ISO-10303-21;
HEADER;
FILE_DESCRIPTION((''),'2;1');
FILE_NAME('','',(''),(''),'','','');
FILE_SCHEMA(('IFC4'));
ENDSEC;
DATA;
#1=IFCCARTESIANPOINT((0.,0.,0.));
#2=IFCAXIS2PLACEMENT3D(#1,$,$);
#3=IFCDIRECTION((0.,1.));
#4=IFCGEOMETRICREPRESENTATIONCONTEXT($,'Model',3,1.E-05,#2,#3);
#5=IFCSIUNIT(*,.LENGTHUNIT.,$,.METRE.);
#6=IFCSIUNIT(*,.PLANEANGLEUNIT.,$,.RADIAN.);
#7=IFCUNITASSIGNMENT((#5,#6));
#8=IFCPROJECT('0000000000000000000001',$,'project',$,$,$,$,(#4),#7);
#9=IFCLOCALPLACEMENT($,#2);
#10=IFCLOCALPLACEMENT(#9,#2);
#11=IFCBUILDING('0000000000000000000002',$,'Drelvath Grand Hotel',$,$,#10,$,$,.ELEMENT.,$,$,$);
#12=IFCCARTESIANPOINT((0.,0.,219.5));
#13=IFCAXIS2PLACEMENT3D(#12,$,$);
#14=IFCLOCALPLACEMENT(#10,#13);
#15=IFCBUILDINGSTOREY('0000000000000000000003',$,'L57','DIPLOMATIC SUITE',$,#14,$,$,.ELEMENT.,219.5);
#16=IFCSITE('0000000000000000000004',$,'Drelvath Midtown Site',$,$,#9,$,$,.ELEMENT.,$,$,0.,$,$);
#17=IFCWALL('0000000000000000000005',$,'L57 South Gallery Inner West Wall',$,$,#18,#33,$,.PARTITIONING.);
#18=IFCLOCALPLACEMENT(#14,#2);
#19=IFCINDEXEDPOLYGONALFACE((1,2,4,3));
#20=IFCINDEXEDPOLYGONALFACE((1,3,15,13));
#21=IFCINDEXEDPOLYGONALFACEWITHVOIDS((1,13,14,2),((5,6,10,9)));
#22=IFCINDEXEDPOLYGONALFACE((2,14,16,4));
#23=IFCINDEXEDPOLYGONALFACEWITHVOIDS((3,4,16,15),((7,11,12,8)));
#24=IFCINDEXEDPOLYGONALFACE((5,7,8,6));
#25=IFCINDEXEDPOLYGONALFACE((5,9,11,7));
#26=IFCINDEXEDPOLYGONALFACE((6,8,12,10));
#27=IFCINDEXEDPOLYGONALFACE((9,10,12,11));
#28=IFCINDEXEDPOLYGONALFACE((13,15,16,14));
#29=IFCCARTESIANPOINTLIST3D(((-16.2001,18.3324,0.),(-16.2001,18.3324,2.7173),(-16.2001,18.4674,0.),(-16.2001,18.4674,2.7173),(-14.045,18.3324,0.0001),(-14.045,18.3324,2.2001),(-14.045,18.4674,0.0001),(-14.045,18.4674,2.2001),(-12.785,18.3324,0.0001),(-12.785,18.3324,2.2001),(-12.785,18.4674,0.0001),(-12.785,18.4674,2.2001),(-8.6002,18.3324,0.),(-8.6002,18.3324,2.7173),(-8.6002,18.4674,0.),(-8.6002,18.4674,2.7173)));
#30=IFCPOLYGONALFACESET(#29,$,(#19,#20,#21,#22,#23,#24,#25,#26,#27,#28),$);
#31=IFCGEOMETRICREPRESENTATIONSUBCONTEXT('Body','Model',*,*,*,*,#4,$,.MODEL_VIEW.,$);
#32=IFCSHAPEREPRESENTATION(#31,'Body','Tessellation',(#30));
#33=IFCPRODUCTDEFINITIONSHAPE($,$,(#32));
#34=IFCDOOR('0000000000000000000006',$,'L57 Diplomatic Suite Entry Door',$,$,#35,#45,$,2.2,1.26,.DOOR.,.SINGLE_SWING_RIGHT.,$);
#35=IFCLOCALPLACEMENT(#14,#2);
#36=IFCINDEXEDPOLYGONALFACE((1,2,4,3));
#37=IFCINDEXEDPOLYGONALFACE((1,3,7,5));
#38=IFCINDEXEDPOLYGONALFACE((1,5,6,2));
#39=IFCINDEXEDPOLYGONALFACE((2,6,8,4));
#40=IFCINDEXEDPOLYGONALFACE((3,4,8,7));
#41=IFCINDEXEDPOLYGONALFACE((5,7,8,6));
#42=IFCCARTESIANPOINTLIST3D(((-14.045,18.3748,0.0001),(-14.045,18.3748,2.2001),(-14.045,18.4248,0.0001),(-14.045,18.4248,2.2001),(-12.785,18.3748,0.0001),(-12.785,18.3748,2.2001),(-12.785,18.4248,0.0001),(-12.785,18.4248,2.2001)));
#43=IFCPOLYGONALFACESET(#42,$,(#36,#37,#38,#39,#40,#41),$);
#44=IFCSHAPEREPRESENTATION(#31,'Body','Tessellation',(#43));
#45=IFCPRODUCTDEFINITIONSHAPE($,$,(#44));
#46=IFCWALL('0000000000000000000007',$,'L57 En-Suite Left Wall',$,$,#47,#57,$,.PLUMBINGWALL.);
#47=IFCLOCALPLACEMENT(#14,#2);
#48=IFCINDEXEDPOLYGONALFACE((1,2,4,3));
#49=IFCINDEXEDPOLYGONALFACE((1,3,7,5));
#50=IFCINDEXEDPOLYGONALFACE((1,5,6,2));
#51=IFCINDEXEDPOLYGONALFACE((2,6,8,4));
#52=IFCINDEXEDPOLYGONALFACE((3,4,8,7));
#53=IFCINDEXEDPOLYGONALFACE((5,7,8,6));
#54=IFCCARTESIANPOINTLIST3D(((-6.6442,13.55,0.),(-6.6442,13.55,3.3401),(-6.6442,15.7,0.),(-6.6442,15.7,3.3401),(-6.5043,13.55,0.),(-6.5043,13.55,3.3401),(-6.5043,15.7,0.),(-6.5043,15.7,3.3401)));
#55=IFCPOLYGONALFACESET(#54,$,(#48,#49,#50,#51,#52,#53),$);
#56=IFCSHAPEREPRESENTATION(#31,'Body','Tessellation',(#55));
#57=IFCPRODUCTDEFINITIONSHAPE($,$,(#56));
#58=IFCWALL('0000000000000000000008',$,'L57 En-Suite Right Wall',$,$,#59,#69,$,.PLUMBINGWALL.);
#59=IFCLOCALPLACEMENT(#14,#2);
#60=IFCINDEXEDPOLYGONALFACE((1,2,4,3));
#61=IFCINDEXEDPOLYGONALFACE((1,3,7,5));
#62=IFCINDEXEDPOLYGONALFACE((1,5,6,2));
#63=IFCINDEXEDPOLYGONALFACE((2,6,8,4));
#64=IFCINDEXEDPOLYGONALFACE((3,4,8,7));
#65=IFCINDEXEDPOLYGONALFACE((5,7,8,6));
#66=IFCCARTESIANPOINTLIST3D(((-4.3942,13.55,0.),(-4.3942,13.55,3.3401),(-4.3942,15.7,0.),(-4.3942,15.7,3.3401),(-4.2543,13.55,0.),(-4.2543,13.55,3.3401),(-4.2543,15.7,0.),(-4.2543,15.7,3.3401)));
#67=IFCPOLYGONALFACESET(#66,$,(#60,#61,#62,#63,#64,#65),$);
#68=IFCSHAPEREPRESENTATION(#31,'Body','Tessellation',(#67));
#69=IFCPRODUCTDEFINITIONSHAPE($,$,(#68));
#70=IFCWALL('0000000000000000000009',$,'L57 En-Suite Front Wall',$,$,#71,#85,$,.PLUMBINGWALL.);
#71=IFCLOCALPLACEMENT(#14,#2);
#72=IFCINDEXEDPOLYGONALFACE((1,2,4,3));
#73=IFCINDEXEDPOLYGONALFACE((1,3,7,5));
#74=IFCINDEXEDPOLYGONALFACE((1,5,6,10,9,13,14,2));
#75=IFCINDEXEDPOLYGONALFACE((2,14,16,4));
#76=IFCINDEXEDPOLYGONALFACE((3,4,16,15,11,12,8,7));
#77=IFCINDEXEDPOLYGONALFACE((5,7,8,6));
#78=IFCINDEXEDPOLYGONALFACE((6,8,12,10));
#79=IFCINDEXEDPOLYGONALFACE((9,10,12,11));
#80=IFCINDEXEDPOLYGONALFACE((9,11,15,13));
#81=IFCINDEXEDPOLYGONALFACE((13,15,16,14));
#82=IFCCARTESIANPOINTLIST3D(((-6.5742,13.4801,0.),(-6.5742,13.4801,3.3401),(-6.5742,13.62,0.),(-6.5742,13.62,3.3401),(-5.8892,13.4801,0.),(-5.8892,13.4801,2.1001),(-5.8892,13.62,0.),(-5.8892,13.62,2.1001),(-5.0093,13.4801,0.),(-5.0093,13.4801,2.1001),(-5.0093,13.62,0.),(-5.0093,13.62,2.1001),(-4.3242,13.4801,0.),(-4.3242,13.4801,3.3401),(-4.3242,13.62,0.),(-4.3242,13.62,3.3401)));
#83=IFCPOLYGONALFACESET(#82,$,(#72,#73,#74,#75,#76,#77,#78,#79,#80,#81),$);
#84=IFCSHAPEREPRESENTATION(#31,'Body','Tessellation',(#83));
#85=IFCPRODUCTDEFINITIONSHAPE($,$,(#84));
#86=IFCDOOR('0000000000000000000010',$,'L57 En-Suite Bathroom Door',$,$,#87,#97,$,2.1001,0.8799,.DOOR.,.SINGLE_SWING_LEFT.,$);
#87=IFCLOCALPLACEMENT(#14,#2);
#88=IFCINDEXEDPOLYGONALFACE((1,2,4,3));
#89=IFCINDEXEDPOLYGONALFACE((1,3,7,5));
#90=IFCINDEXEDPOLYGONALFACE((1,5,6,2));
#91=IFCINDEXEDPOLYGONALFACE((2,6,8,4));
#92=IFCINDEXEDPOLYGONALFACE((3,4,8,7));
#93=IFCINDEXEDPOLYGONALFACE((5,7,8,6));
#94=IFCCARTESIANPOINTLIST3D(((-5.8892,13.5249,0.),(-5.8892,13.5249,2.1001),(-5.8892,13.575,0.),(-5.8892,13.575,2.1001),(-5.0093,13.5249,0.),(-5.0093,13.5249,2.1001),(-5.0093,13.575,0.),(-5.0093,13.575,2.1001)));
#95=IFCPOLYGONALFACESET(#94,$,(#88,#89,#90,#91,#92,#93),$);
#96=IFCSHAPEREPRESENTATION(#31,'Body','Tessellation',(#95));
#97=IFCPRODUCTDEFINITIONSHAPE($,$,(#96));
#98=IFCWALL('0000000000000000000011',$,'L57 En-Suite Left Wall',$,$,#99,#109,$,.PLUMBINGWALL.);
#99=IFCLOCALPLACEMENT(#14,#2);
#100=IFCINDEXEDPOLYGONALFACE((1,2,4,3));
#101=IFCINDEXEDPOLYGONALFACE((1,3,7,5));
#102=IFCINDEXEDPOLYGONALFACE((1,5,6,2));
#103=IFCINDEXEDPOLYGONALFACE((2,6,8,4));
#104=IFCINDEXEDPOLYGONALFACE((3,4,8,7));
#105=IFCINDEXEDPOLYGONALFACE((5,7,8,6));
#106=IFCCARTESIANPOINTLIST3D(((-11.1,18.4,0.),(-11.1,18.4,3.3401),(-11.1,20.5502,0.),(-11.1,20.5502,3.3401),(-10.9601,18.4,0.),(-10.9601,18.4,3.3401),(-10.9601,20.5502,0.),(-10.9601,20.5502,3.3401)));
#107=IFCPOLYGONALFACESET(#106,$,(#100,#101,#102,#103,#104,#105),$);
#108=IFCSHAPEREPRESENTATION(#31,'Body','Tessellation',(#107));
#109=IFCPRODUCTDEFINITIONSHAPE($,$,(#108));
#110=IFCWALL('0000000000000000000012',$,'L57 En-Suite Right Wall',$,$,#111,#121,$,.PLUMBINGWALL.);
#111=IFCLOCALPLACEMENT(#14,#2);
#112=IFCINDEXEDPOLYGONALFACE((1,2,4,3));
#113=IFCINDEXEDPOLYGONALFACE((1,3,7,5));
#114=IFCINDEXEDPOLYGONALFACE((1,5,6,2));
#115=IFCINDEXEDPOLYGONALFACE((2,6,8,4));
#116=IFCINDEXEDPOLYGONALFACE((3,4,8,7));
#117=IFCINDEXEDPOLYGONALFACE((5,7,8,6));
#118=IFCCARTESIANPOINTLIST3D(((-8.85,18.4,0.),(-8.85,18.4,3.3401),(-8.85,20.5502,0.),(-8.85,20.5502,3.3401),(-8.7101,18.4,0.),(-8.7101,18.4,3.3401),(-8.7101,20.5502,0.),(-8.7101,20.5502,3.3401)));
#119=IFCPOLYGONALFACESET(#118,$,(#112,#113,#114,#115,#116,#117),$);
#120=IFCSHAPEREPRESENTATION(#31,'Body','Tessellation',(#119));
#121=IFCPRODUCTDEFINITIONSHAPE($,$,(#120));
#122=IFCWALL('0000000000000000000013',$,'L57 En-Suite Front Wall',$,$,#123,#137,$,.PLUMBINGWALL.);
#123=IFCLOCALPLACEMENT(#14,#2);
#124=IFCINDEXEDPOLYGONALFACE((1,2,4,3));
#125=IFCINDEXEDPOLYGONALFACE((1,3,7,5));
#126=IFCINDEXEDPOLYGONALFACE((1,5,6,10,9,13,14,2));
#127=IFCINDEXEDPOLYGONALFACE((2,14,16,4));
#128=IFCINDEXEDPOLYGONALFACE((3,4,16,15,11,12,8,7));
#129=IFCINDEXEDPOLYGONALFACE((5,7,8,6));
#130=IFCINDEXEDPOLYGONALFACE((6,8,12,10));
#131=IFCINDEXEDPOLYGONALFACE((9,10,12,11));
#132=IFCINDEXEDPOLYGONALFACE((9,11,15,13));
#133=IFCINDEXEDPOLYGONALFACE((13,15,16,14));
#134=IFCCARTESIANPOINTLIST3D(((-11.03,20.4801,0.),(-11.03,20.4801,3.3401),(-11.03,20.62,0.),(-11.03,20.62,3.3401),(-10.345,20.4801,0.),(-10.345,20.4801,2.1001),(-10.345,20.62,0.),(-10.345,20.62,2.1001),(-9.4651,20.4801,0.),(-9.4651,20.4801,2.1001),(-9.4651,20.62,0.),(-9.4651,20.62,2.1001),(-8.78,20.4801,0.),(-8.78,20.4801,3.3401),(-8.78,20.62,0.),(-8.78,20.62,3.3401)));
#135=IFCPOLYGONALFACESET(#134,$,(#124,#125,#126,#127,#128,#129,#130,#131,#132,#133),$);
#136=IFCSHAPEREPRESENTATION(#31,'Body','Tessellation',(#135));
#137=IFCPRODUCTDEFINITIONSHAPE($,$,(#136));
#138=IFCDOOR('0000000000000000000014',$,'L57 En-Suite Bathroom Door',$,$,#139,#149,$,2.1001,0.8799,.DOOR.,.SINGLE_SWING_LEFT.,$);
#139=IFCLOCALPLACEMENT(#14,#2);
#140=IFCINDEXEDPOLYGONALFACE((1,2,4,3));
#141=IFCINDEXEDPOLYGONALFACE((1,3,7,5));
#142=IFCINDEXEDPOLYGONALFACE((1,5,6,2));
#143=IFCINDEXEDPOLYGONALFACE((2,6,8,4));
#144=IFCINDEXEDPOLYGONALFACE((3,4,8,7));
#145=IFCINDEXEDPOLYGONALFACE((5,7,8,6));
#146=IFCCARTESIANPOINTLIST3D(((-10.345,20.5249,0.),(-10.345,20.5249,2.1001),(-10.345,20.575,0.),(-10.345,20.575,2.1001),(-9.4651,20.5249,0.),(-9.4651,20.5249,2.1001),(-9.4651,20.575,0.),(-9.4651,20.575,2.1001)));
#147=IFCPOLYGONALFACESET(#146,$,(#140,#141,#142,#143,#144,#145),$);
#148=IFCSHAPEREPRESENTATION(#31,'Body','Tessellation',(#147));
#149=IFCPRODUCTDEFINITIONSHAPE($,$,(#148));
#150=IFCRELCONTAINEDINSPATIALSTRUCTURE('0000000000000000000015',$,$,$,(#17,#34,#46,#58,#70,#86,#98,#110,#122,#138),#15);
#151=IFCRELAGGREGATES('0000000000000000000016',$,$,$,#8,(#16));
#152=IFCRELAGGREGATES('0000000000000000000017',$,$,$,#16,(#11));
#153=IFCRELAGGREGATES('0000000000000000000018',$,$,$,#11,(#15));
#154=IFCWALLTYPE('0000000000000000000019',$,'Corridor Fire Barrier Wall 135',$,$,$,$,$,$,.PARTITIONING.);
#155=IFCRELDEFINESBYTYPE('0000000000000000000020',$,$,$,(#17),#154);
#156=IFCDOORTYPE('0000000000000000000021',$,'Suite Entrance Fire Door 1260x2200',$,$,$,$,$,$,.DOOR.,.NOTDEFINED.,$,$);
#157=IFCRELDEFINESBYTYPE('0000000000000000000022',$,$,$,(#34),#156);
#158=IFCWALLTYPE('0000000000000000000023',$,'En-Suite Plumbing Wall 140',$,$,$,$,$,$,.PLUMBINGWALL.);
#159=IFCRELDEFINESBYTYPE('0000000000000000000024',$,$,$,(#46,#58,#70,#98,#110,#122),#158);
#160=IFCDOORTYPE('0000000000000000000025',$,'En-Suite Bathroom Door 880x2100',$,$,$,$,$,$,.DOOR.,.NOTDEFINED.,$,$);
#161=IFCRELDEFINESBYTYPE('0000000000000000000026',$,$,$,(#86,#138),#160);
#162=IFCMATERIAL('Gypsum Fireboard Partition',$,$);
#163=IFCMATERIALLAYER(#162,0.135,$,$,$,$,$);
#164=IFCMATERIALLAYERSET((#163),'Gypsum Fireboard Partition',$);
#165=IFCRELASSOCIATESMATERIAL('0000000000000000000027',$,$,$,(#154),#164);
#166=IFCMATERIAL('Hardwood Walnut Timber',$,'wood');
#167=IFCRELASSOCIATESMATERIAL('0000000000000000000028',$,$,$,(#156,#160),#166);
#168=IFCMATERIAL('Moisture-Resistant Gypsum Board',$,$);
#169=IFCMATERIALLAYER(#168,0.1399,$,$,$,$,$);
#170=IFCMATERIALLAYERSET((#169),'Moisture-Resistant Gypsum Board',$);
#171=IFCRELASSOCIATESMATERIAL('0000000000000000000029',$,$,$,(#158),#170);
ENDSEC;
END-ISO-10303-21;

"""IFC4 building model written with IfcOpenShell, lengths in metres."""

from ifc_helpers import new_model, si_unit, direction, frame, frame_2d, origin, place, context, subcontext, project, spatial, rectangle, extrude, material, layer, layer_set, type_object, element, fill, save


model = new_model("IFC4")

# Units and contexts
model_context = context("Model", 3, precision=1e-05, world=origin(), true_north=direction((0.0, 1.0)))
body_context = subcontext(model_context, "Body", "Model", "MODEL_VIEW")
ifc_project = project(units=[si_unit("LENGTHUNIT", "METRE"), si_unit("PLANEANGLEUNIT", "RADIAN")], contexts=[model_context])

# Site, building, storey
site_placement = place(None, origin())
site = spatial("IfcSite", under=ifc_project, at=site_placement, Name="Drelvath Midtown Site", CompositionType="ELEMENT", RefElevation=0.0)
building_placement = place(site_placement, origin())
building = spatial("IfcBuilding", under=site, at=building_placement, Name="Drelvath Grand Hotel", CompositionType="ELEMENT")
storey_placement = place(building_placement, frame((0.0, 0.0, 219.5)))
storey = spatial("IfcBuildingStorey", under=building, at=storey_placement, Name="L57", Description="DIPLOMATIC SUITE", CompositionType="ELEMENT", Elevation=219.5)

# Wall, opening, door
ifc_material_1 = material(Name="Gypsum Fireboard Partition")
ifc_layer_1 = layer(ifc_material_1, 0.135)
ifc_layer_set_1 = layer_set([ifc_layer_1], Name="Gypsum Fireboard Partition")
wall_type_1 = type_object("IfcWallType", Name="Corridor Fire Barrier Wall 135", PredefinedType="PARTITIONING", material=ifc_layer_set_1)
wall_1_placement = place(storey_placement, frame((-16.2, 18.3999, 0.0), z_axis=(0.0, 0.0, 1.0), x_axis=(1.0, 0.0, 0.0)))
wall_1 = element("IfcWall", 1, at=wall_1_placement, inside=storey, type_object=wall_type_1, Name="L57 South Gallery Inner West Wall", PredefinedType="PARTITIONING", context=body_context, shape_type="SweptSolid", body=[
    extrude(rectangle(XDim=7.5999, YDim=0.135, at=frame_2d((3.7998, 0.0))), origin(), (0.0, 0.0, 1.0), 2.7173),
])
opening_1_placement = place(wall_1_placement, frame((2.155, 0.0, 0.0)))
opening_1 = element("IfcOpeningElement", 2, at=opening_1_placement, cuts=wall_1, PredefinedType="OPENING", context=body_context, shape_type="SweptSolid", body=[
    extrude(rectangle(XDim=1.26, YDim=2.2, at=frame_2d((0.6299, 1.1001))), frame((0.0, 0.0774, 0.0), z_axis=(0.0, -1.0, 0.0), x_axis=(1.0, 0.0, 0.0)), (0.0, 0.0, 1.0), 0.155),
])
ifc_material_2 = material(Name="Hardwood Walnut Timber", Category="wood")
door_type_1 = type_object("IfcDoorType", Name="Suite Entrance Fire Door 1260x2200", OperationType="NOTDEFINED", PredefinedType="DOOR", material=ifc_material_2)
door_1_placement = place(opening_1_placement, origin())
door_1 = element("IfcDoor", 3, at=door_1_placement, inside=storey, type_object=door_type_1, Name="L57 Diplomatic Suite Entry Door", OperationType="SINGLE_SWING_RIGHT", OverallHeight=2.2, OverallWidth=1.26, PredefinedType="DOOR", context=body_context, shape_type="SweptSolid", body=[
    extrude(rectangle(XDim=1.26, YDim=2.2, at=frame_2d((0.6299, 1.1001))), frame((0.0, 0.0249, 0.0), z_axis=(0.0, -1.0, 0.0), x_axis=(1.0, 0.0, 0.0)), (0.0, 0.0, 1.0), 0.05),
])
fill(opening_1, door_1)

# Walls
ifc_material_3 = material(Name="Moisture-Resistant Gypsum Board")
ifc_layer_2 = layer(ifc_material_3, 0.1399)
ifc_layer_set_2 = layer_set([ifc_layer_2], Name="Moisture-Resistant Gypsum Board")
wall_type_2 = type_object("IfcWallType", Name="En-Suite Plumbing Wall 140", PredefinedType="PLUMBINGWALL", material=ifc_layer_set_2)
for number, where, z_axis, x_axis, name in (
    (4, (-6.5742, 15.7, 0.0), (0.0, 0.0, 1.0), (0.0, -1.0, 0.0), "L57 En-Suite Left Wall"),
    (5, (-4.3242, 15.7, 0.0), (0.0, 0.0, 1.0), (0.0, -1.0, 0.0), "L57 En-Suite Right Wall"),
):
    element("IfcWall", number, at=place(storey_placement, frame(where, z_axis=z_axis, x_axis=x_axis)), inside=storey, type_object=wall_type_2, Name=name, PredefinedType="PLUMBINGWALL", context=body_context, shape_type="SweptSolid", body=[
        extrude(rectangle(XDim=2.1499, YDim=0.1399, at=frame_2d((1.075, 0.0))), origin(), (0.0, 0.0, 1.0), 3.3401),
    ])

# Wall, opening, door
wall_2_placement = place(storey_placement, frame((-6.5742, 13.55, 0.0), z_axis=(0.0, 0.0, 1.0), x_axis=(1.0, 0.0, 0.0)))
wall_2 = element("IfcWall", 6, at=wall_2_placement, inside=storey, type_object=wall_type_2, Name="L57 En-Suite Front Wall", PredefinedType="PLUMBINGWALL", context=body_context, shape_type="SweptSolid", body=[
    extrude(rectangle(XDim=2.25, YDim=0.1399, at=frame_2d((1.125, 0.0))), origin(), (0.0, 0.0, 1.0), 3.3401),
])
opening_2_placement = place(wall_2_placement, frame((0.6851, 0.0, 0.0)))
opening_2 = element("IfcOpeningElement", 7, at=opening_2_placement, cuts=wall_2, PredefinedType="OPENING", context=body_context, shape_type="SweptSolid", body=[
    extrude(rectangle(XDim=0.8799, YDim=2.1001, at=frame_2d((0.4399, 1.05))), frame((0.0, 0.0798, 0.0), z_axis=(0.0, -1.0, 0.0), x_axis=(1.0, 0.0, 0.0)), (0.0, 0.0, 1.0), 0.1599),
])
door_type_2 = type_object("IfcDoorType", Name="En-Suite Bathroom Door 880x2100", OperationType="NOTDEFINED", PredefinedType="DOOR", material=ifc_material_2)
door_2_placement = place(opening_2_placement, origin())
door_2 = element("IfcDoor", 8, at=door_2_placement, inside=storey, type_object=door_type_2, Name="L57 En-Suite Bathroom Door", OperationType="SINGLE_SWING_LEFT", OverallHeight=2.1001, OverallWidth=0.8799, PredefinedType="DOOR", context=body_context, shape_type="SweptSolid", body=[
    extrude(rectangle(XDim=0.8799, YDim=2.1001, at=frame_2d((0.4399, 1.05))), frame((0.0, 0.0249, 0.0), z_axis=(0.0, -1.0, 0.0), x_axis=(1.0, 0.0, 0.0)), (0.0, 0.0, 1.0), 0.05),
])
fill(opening_2, door_2)

# Walls
for number, where, z_axis, x_axis, name in (
    (9, (-11.03, 18.3999, 0.0), (0.0, 0.0, 1.0), (0.0, 1.0, 0.0), "L57 En-Suite Left Wall"),
    (10, (-8.78, 18.3999, 0.0), (0.0, 0.0, 1.0), (0.0, 1.0, 0.0), "L57 En-Suite Right Wall"),
):
    element("IfcWall", number, at=place(storey_placement, frame(where, z_axis=z_axis, x_axis=x_axis)), inside=storey, type_object=wall_type_2, Name=name, PredefinedType="PLUMBINGWALL", context=body_context, shape_type="SweptSolid", body=[
        extrude(rectangle(XDim=2.1501, YDim=0.1399, at=frame_2d((1.0752, 0.0))), origin(), (0.0, 0.0, 1.0), 3.3401),
    ])

# Wall, opening, door
wall_3_placement = place(storey_placement, frame((-11.03, 20.55, 0.0), z_axis=(0.0, 0.0, 1.0), x_axis=(1.0, 0.0, 0.0)))
wall_3 = element("IfcWall", 11, at=wall_3_placement, inside=storey, type_object=wall_type_2, Name="L57 En-Suite Front Wall", PredefinedType="PLUMBINGWALL", context=body_context, shape_type="SweptSolid", body=[
    extrude(rectangle(XDim=2.25, YDim=0.1399, at=frame_2d((1.125, 0.0))), origin(), (0.0, 0.0, 1.0), 3.3401),
])
opening_3_placement = place(wall_3_placement, frame((0.6851, 0.0, 0.0)))
opening_3 = element("IfcOpeningElement", 12, at=opening_3_placement, cuts=wall_3, PredefinedType="OPENING", context=body_context, shape_type="SweptSolid", body=[
    extrude(rectangle(XDim=0.8799, YDim=2.1001, at=frame_2d((0.4399, 1.05))), frame((0.0, 0.0798, 0.0), z_axis=(0.0, -1.0, 0.0), x_axis=(1.0, 0.0, 0.0)), (0.0, 0.0, 1.0), 0.1599),
])
door_3_placement = place(opening_3_placement, origin())
door_3 = element("IfcDoor", 13, at=door_3_placement, inside=storey, type_object=door_type_2, Name="L57 En-Suite Bathroom Door", OperationType="SINGLE_SWING_LEFT", OverallHeight=2.1001, OverallWidth=0.8799, PredefinedType="DOOR", context=body_context, shape_type="SweptSolid", body=[
    extrude(rectangle(XDim=0.8799, YDim=2.1001, at=frame_2d((0.4399, 1.05))), frame((0.0, 0.0249, 0.0), z_axis=(0.0, -1.0, 0.0), x_axis=(1.0, 0.0, 0.0)), (0.0, 0.0, 1.0), 0.05),
])
fill(opening_3, door_3)

save(model, "model.ifc")
